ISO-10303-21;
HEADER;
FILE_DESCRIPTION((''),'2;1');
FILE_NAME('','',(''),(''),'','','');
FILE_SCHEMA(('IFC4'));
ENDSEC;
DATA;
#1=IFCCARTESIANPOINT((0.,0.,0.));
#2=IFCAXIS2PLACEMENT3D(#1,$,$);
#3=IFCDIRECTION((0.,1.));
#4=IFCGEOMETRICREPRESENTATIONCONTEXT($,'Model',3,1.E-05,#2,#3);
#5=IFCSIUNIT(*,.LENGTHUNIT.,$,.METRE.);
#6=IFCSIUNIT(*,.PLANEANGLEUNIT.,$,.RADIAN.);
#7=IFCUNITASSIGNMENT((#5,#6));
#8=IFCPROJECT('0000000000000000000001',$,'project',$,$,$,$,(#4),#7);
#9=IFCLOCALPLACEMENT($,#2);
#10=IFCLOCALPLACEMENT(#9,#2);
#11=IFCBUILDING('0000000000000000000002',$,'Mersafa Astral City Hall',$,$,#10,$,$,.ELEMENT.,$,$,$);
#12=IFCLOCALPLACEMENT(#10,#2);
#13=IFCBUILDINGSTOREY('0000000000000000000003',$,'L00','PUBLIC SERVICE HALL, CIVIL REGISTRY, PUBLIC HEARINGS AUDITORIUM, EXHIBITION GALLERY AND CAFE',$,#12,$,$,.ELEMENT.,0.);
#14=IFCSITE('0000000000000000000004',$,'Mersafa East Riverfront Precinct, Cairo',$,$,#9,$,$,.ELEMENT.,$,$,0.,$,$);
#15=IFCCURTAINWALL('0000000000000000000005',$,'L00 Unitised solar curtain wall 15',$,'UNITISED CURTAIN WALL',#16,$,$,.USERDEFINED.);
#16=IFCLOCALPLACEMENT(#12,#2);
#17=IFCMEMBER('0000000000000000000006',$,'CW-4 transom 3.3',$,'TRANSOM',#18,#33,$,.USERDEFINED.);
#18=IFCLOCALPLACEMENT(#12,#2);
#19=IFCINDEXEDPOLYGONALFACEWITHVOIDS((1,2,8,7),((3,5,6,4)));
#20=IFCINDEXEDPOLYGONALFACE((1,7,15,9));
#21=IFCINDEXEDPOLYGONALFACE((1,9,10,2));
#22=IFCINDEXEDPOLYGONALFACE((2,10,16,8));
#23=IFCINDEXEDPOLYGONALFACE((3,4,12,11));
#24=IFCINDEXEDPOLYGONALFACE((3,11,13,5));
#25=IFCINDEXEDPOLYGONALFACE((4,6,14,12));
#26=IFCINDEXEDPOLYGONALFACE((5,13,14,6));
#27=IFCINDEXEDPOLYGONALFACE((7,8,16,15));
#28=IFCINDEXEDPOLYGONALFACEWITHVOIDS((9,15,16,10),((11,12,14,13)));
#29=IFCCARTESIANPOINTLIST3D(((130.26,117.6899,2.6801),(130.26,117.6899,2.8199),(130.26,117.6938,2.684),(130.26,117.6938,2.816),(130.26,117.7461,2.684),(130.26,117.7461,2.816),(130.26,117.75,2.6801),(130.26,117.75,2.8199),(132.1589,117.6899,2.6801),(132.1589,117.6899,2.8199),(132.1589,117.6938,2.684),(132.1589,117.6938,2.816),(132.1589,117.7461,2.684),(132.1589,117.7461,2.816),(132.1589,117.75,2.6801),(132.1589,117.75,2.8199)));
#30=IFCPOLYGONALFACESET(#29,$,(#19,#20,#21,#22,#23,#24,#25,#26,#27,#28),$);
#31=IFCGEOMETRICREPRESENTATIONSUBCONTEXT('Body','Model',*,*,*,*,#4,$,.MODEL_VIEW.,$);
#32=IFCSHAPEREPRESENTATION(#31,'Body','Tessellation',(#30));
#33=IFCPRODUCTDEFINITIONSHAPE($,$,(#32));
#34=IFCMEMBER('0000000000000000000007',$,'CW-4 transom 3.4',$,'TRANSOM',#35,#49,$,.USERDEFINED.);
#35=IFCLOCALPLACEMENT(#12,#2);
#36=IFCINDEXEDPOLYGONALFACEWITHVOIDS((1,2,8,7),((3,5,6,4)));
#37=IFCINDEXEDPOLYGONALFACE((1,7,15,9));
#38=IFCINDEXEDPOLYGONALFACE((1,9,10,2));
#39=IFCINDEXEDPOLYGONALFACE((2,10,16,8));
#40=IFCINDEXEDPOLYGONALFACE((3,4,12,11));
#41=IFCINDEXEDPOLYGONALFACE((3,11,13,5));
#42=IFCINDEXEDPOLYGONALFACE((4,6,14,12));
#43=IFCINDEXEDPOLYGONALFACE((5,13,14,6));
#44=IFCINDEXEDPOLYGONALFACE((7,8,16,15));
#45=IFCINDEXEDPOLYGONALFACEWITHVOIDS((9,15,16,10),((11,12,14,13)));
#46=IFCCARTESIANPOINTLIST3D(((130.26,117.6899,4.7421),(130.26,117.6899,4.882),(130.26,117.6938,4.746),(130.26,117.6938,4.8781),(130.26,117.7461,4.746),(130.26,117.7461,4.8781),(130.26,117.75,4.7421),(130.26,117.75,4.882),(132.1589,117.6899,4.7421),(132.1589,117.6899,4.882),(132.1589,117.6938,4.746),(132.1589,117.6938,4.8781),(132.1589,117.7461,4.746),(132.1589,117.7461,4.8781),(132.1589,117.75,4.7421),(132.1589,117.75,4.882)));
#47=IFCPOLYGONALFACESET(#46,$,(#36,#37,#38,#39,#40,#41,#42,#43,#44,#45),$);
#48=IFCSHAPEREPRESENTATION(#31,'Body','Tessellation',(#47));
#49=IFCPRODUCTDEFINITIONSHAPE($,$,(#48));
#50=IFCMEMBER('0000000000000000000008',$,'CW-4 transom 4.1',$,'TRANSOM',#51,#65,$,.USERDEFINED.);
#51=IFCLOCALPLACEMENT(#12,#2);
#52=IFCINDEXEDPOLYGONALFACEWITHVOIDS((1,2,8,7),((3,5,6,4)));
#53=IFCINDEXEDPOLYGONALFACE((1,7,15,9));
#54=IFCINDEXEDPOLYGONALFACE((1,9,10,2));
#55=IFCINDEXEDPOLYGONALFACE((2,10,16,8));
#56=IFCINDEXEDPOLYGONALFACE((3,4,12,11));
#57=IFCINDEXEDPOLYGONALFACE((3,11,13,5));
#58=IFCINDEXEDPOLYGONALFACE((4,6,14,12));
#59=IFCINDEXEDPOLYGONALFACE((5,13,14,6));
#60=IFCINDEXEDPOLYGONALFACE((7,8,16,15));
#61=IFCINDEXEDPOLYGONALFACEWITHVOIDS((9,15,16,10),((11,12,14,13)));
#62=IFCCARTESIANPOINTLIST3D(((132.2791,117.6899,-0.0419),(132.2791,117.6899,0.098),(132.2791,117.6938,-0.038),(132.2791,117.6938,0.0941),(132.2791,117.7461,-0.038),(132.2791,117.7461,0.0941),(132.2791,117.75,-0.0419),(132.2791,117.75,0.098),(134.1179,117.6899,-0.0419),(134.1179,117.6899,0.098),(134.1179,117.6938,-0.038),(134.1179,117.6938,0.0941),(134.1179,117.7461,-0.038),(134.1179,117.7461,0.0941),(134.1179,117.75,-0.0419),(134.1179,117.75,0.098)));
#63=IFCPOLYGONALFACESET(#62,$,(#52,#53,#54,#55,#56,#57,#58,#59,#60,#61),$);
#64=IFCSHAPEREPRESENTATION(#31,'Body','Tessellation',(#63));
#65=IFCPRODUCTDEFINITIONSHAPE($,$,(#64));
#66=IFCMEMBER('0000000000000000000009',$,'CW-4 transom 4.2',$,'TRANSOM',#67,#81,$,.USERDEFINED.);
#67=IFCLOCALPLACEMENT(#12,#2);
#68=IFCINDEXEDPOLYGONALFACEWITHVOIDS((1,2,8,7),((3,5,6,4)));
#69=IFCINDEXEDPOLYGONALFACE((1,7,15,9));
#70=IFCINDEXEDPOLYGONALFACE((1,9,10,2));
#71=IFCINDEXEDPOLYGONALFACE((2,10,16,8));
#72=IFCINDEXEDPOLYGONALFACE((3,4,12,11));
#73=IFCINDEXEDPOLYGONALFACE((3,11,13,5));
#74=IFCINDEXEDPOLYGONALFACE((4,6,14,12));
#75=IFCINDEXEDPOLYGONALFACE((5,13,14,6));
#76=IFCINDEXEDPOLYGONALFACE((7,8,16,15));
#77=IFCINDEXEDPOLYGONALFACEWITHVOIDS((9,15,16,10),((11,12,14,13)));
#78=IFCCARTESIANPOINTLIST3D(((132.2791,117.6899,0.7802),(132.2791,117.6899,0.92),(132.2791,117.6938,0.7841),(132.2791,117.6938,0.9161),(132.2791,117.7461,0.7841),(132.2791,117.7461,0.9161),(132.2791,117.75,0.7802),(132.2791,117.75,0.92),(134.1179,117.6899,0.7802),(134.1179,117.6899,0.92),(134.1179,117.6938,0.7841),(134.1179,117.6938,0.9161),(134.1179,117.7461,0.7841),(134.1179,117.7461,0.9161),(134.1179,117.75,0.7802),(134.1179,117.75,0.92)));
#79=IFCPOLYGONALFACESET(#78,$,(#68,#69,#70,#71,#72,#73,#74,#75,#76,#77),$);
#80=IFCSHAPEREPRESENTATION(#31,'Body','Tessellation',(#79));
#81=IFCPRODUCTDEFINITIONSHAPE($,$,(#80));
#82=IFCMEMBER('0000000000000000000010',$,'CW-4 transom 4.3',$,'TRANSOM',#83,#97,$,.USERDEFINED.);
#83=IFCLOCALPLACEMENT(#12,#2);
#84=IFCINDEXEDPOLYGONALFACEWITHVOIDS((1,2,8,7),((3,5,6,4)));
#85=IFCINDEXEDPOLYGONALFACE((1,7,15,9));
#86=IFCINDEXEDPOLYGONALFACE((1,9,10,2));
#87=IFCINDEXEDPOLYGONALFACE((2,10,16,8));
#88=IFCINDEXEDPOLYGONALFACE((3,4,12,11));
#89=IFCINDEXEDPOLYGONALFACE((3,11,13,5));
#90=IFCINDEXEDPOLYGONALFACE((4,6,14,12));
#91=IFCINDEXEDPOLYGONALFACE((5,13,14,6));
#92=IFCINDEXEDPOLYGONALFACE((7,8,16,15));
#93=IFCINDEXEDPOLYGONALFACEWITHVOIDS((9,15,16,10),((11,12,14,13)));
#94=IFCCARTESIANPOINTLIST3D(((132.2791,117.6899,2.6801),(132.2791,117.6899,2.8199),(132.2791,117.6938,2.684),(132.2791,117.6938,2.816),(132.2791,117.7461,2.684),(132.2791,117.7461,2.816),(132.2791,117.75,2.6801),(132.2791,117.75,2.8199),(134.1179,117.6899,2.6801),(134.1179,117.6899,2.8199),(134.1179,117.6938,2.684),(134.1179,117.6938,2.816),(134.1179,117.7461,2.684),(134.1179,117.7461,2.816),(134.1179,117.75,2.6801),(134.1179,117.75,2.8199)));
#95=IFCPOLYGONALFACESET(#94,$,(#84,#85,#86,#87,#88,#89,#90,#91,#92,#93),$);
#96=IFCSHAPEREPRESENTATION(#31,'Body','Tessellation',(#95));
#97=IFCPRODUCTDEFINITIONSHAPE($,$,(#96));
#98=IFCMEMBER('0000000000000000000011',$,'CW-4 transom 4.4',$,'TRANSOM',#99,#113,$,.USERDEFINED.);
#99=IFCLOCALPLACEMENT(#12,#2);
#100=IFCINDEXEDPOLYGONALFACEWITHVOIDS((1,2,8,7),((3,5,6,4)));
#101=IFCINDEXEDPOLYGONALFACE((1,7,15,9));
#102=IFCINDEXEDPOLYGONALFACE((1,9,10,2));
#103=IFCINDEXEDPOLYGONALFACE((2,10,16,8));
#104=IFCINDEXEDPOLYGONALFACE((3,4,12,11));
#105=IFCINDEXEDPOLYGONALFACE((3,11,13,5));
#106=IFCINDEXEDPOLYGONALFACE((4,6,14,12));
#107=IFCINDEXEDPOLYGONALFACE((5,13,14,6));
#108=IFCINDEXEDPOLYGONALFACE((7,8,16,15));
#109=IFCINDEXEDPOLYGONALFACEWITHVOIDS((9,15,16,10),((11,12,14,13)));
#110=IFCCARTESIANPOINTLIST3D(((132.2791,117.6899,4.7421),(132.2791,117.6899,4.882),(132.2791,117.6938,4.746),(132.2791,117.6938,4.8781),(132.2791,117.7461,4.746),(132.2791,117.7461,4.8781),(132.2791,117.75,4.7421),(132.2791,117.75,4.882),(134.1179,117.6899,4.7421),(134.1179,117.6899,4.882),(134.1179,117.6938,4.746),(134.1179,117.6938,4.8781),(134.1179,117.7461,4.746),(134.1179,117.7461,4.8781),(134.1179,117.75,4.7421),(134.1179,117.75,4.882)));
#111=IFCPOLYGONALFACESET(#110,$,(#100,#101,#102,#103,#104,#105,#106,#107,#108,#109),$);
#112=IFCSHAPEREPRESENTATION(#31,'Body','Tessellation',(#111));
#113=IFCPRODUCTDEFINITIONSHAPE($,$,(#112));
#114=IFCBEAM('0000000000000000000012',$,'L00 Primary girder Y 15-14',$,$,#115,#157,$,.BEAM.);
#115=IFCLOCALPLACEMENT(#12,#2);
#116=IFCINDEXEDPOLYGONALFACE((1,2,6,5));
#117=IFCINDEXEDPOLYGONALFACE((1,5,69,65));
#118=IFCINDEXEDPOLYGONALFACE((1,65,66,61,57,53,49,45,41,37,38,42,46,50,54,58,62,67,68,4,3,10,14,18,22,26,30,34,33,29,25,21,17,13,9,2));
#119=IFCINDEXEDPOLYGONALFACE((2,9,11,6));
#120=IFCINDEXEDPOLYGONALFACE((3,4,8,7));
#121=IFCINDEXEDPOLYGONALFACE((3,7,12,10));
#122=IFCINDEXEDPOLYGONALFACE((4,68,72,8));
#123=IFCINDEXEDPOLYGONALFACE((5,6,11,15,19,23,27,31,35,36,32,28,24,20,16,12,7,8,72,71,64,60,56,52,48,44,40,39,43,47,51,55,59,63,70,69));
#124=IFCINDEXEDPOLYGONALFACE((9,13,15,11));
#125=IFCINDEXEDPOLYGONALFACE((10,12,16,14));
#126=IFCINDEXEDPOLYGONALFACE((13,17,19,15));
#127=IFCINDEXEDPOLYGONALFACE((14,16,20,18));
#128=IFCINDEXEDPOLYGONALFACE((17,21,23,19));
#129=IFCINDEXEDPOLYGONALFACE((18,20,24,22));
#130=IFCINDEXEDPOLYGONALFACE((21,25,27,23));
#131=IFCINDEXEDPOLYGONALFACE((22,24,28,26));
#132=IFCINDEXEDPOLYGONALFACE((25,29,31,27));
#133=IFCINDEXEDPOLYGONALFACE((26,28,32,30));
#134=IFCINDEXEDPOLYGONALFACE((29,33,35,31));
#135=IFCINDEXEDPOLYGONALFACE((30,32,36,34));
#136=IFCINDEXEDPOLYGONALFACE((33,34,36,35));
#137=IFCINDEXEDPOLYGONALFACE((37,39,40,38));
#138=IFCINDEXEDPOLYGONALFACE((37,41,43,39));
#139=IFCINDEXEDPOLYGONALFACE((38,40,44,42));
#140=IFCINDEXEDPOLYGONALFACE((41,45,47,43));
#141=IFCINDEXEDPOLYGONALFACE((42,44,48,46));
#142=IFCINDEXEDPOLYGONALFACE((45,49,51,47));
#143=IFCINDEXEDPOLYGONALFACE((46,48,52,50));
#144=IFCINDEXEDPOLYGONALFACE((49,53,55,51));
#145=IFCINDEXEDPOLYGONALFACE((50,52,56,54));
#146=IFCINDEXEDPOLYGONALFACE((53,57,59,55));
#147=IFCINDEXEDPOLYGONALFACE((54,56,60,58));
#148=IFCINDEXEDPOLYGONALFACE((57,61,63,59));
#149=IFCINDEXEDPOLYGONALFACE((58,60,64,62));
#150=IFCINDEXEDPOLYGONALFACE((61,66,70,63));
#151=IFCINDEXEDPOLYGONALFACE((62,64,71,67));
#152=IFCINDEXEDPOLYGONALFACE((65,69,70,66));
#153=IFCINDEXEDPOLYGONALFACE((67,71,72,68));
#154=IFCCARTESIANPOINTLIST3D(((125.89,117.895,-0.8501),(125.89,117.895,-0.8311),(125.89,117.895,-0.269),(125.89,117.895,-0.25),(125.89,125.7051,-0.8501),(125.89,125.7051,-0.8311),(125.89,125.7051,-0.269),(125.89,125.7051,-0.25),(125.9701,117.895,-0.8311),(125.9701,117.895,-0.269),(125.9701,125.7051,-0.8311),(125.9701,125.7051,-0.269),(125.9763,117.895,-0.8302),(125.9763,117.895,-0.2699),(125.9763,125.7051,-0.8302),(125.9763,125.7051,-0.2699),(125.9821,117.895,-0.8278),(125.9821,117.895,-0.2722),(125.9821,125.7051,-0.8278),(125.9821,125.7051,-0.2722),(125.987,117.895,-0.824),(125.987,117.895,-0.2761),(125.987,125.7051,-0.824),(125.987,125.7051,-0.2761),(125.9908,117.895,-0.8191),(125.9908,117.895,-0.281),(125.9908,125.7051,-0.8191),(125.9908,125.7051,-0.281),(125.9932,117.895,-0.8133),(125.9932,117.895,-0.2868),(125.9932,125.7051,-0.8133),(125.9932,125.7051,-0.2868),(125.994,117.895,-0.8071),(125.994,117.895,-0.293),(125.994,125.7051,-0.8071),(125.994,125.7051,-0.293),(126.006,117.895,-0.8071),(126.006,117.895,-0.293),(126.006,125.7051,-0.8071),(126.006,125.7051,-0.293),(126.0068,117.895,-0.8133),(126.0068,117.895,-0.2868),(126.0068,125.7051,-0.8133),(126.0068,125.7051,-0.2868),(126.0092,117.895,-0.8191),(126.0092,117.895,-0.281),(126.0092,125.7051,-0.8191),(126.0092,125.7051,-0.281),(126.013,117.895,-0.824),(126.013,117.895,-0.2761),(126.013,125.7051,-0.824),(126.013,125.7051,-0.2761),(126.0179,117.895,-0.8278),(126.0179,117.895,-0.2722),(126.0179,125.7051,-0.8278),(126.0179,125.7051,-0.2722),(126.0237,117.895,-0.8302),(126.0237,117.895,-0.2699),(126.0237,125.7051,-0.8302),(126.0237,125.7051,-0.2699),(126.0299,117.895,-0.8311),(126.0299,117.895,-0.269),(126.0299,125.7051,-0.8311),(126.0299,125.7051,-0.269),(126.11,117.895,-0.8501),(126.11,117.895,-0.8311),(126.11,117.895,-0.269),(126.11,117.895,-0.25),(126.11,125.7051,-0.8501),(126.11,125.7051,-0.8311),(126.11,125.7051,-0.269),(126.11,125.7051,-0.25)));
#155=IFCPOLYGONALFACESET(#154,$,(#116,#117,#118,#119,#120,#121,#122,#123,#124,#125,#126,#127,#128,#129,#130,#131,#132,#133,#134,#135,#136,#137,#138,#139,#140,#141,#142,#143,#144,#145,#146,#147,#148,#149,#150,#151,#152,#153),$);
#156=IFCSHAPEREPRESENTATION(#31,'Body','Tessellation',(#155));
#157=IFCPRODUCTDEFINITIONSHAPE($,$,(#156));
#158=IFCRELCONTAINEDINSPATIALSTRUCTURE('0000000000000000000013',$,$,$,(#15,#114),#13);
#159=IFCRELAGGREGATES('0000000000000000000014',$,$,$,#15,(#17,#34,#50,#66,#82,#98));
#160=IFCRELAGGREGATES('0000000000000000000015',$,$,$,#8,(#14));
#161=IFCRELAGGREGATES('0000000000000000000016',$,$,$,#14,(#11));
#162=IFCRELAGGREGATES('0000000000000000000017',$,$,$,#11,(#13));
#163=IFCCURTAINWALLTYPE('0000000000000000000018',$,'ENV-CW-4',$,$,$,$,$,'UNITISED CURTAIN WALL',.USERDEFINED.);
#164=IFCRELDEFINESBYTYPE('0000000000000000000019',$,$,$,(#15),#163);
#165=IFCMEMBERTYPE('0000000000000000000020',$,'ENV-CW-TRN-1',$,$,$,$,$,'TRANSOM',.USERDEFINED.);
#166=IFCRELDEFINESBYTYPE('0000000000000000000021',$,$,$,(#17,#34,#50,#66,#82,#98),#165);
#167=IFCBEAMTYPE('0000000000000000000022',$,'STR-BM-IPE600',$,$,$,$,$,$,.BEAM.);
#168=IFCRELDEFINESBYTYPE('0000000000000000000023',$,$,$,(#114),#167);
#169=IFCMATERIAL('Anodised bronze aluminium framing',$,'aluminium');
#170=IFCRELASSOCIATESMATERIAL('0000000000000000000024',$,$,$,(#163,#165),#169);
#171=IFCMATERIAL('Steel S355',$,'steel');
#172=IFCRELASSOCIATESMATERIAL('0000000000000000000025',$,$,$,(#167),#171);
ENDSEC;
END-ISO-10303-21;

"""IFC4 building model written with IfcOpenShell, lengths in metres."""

from ifc_helpers import new_model, si_unit, direction, frame, origin, origin_2d, place, context, subcontext, project, spatial, hollow_rectangle, i_section, extrude, material, material_profile, profile_set, type_object, element, aggregate, save


model = new_model("IFC4")

# Units and contexts
model_context = context("Model", 3, precision=1e-05, world=origin(), true_north=direction((0.0, 1.0)))
body_context = subcontext(model_context, "Body", "Model", "MODEL_VIEW")
ifc_project = project(units=[si_unit("LENGTHUNIT", "METRE"), si_unit("PLANEANGLEUNIT", "RADIAN")], contexts=[model_context])

# Site, building, storey
site_placement = place(None, origin())
site = spatial("IfcSite", under=ifc_project, at=site_placement, Name="Mersafa East Riverfront Precinct, Cairo", CompositionType="ELEMENT", RefElevation=0.0)
building_placement = place(site_placement, origin())
building = spatial("IfcBuilding", under=site, at=building_placement, Name="Mersafa Astral City Hall", CompositionType="ELEMENT")
storey_placement = place(building_placement, origin())
storey = spatial("IfcBuildingStorey", under=building, at=storey_placement, Name="L00", Description="PUBLIC SERVICE HALL, CIVIL REGISTRY, PUBLIC HEARINGS AUDITORIUM, EXHIBITION GALLERY AND CAFE", CompositionType="ELEMENT", Elevation=0.0)

# Shared definitions
ifc_material_1 = material(Name="Steel S355", Category="steel")

# Curtain wall, members
ifc_material_2 = material(Name="Anodised bronze aluminium framing", Category="aluminium")
curtain_wall_type = type_object("IfcCurtainWallType", Name="ENV-CW-4", ElementType="UNITISED CURTAIN WALL", PredefinedType="USERDEFINED", material=ifc_material_2)
curtain_wall_placement = place(storey_placement, origin())
curtain_wall = element("IfcCurtainWall", 1, at=curtain_wall_placement, inside=storey, type_object=curtain_wall_type, Name="L00 Unitised solar curtain wall 15", ObjectType="UNITISED CURTAIN WALL", PredefinedType="USERDEFINED")
ifc_material_profile_1 = material_profile(ifc_material_2, hollow_rectangle(XDim=0.0601, YDim=0.1399, WallThickness=0.0039, at=origin_2d()), Name="RHS 60x140x4")
ifc_profile_set_1 = profile_set([ifc_material_profile_1], Name="Anodised bronze aluminium framing")
member_type_1 = type_object("IfcMemberType", Name="ENV-CW-TRN-1", ElementType="TRANSOM", PredefinedType="USERDEFINED", material=ifc_profile_set_1)
member_1_placement = place(storey_placement, frame((130.26, 117.72, 2.75), z_axis=(1.0, 0.0, 0.0), x_axis=(0.0, 1.0, 0.0)))
member_1 = element("IfcMember", 2, at=member_1_placement, type_object=member_type_1, Name="CW-4 transom 3.3", ObjectType="TRANSOM", PredefinedType="USERDEFINED", context=body_context, shape_type="SweptSolid", body=[
    extrude(hollow_rectangle(XDim=0.0601, YDim=0.1399, WallThickness=0.0039, at=origin_2d()), origin(), (0.0, 0.0, 1.0), 1.8989),
])
member_2_placement = place(storey_placement, frame((130.26, 117.72, 4.812), z_axis=(1.0, 0.0, 0.0), x_axis=(0.0, 1.0, 0.0)))
member_2 = element("IfcMember", 3, at=member_2_placement, type_object=member_type_1, Name="CW-4 transom 3.4", ObjectType="TRANSOM", PredefinedType="USERDEFINED", context=body_context, shape_type="SweptSolid", body=[
    extrude(hollow_rectangle(XDim=0.0601, YDim=0.1399, WallThickness=0.0039, at=origin_2d()), origin(), (0.0, 0.0, 1.0), 1.8989),
])
member_3_placement = place(storey_placement, frame((132.2791, 117.72, 0.0281), z_axis=(1.0, 0.0, 0.0), x_axis=(0.0, 1.0, 0.0)))
member_3 = element("IfcMember", 4, at=member_3_placement, type_object=member_type_1, Name="CW-4 transom 4.1", ObjectType="TRANSOM", PredefinedType="USERDEFINED", context=body_context, shape_type="SweptSolid", body=[
    extrude(hollow_rectangle(XDim=0.0601, YDim=0.1399, WallThickness=0.0039, at=origin_2d()), origin(), (0.0, 0.0, 1.0), 1.8389),
])
member_4_placement = place(storey_placement, frame((132.2791, 117.72, 0.8501), z_axis=(1.0, 0.0, 0.0), x_axis=(0.0, 1.0, 0.0)))
member_4 = element("IfcMember", 5, at=member_4_placement, type_object=member_type_1, Name="CW-4 transom 4.2", ObjectType="TRANSOM", PredefinedType="USERDEFINED", context=body_context, shape_type="SweptSolid", body=[
    extrude(hollow_rectangle(XDim=0.0601, YDim=0.1399, WallThickness=0.0039, at=origin_2d()), origin(), (0.0, 0.0, 1.0), 1.8389),
])
member_5_placement = place(storey_placement, frame((132.2791, 117.72, 2.75), z_axis=(1.0, 0.0, 0.0), x_axis=(0.0, 1.0, 0.0)))
member_5 = element("IfcMember", 6, at=member_5_placement, type_object=member_type_1, Name="CW-4 transom 4.3", ObjectType="TRANSOM", PredefinedType="USERDEFINED", context=body_context, shape_type="SweptSolid", body=[
    extrude(hollow_rectangle(XDim=0.0601, YDim=0.1399, WallThickness=0.0039, at=origin_2d()), origin(), (0.0, 0.0, 1.0), 1.8389),
])
member_6_placement = place(storey_placement, frame((132.2791, 117.72, 4.812), z_axis=(1.0, 0.0, 0.0), x_axis=(0.0, 1.0, 0.0)))
member_6 = element("IfcMember", 7, at=member_6_placement, type_object=member_type_1, Name="CW-4 transom 4.4", ObjectType="TRANSOM", PredefinedType="USERDEFINED", context=body_context, shape_type="SweptSolid", body=[
    extrude(hollow_rectangle(XDim=0.0601, YDim=0.1399, WallThickness=0.0039, at=origin_2d()), origin(), (0.0, 0.0, 1.0), 1.8389),
])

# Beam
ifc_material_profile_2 = material_profile(ifc_material_1, i_section(OverallWidth=0.22, OverallDepth=0.6001, WebThickness=0.012, FlangeThickness=0.019, FilletRadius=0.0239, at=origin_2d()), Name="IPE 600")
ifc_profile_set_2 = profile_set([ifc_material_profile_2], Name="Steel S355")
beam_type_1 = type_object("IfcBeamType", Name="STR-BM-IPE600", PredefinedType="BEAM", material=ifc_profile_set_2)
beam_1_placement = place(storey_placement, frame((126.0, 117.895, -0.55), z_axis=(0.0, 1.0, 0.0), x_axis=(-1.0, 0.0, 0.0)))
element("IfcBeam", 8, at=beam_1_placement, inside=storey, type_object=beam_type_1, Name="L00 Primary girder Y 15-14", PredefinedType="BEAM", context=body_context, shape_type="SweptSolid", body=[
    extrude(i_section(OverallWidth=0.22, OverallDepth=0.6001, WebThickness=0.012, FlangeThickness=0.019, FilletRadius=0.0239, at=origin_2d()), origin(), (0.0, 0.0, 1.0), 7.8101),
])

aggregate(curtain_wall, [member_1, member_2, member_3, member_4, member_5, member_6])

save(model, "model.ifc")
